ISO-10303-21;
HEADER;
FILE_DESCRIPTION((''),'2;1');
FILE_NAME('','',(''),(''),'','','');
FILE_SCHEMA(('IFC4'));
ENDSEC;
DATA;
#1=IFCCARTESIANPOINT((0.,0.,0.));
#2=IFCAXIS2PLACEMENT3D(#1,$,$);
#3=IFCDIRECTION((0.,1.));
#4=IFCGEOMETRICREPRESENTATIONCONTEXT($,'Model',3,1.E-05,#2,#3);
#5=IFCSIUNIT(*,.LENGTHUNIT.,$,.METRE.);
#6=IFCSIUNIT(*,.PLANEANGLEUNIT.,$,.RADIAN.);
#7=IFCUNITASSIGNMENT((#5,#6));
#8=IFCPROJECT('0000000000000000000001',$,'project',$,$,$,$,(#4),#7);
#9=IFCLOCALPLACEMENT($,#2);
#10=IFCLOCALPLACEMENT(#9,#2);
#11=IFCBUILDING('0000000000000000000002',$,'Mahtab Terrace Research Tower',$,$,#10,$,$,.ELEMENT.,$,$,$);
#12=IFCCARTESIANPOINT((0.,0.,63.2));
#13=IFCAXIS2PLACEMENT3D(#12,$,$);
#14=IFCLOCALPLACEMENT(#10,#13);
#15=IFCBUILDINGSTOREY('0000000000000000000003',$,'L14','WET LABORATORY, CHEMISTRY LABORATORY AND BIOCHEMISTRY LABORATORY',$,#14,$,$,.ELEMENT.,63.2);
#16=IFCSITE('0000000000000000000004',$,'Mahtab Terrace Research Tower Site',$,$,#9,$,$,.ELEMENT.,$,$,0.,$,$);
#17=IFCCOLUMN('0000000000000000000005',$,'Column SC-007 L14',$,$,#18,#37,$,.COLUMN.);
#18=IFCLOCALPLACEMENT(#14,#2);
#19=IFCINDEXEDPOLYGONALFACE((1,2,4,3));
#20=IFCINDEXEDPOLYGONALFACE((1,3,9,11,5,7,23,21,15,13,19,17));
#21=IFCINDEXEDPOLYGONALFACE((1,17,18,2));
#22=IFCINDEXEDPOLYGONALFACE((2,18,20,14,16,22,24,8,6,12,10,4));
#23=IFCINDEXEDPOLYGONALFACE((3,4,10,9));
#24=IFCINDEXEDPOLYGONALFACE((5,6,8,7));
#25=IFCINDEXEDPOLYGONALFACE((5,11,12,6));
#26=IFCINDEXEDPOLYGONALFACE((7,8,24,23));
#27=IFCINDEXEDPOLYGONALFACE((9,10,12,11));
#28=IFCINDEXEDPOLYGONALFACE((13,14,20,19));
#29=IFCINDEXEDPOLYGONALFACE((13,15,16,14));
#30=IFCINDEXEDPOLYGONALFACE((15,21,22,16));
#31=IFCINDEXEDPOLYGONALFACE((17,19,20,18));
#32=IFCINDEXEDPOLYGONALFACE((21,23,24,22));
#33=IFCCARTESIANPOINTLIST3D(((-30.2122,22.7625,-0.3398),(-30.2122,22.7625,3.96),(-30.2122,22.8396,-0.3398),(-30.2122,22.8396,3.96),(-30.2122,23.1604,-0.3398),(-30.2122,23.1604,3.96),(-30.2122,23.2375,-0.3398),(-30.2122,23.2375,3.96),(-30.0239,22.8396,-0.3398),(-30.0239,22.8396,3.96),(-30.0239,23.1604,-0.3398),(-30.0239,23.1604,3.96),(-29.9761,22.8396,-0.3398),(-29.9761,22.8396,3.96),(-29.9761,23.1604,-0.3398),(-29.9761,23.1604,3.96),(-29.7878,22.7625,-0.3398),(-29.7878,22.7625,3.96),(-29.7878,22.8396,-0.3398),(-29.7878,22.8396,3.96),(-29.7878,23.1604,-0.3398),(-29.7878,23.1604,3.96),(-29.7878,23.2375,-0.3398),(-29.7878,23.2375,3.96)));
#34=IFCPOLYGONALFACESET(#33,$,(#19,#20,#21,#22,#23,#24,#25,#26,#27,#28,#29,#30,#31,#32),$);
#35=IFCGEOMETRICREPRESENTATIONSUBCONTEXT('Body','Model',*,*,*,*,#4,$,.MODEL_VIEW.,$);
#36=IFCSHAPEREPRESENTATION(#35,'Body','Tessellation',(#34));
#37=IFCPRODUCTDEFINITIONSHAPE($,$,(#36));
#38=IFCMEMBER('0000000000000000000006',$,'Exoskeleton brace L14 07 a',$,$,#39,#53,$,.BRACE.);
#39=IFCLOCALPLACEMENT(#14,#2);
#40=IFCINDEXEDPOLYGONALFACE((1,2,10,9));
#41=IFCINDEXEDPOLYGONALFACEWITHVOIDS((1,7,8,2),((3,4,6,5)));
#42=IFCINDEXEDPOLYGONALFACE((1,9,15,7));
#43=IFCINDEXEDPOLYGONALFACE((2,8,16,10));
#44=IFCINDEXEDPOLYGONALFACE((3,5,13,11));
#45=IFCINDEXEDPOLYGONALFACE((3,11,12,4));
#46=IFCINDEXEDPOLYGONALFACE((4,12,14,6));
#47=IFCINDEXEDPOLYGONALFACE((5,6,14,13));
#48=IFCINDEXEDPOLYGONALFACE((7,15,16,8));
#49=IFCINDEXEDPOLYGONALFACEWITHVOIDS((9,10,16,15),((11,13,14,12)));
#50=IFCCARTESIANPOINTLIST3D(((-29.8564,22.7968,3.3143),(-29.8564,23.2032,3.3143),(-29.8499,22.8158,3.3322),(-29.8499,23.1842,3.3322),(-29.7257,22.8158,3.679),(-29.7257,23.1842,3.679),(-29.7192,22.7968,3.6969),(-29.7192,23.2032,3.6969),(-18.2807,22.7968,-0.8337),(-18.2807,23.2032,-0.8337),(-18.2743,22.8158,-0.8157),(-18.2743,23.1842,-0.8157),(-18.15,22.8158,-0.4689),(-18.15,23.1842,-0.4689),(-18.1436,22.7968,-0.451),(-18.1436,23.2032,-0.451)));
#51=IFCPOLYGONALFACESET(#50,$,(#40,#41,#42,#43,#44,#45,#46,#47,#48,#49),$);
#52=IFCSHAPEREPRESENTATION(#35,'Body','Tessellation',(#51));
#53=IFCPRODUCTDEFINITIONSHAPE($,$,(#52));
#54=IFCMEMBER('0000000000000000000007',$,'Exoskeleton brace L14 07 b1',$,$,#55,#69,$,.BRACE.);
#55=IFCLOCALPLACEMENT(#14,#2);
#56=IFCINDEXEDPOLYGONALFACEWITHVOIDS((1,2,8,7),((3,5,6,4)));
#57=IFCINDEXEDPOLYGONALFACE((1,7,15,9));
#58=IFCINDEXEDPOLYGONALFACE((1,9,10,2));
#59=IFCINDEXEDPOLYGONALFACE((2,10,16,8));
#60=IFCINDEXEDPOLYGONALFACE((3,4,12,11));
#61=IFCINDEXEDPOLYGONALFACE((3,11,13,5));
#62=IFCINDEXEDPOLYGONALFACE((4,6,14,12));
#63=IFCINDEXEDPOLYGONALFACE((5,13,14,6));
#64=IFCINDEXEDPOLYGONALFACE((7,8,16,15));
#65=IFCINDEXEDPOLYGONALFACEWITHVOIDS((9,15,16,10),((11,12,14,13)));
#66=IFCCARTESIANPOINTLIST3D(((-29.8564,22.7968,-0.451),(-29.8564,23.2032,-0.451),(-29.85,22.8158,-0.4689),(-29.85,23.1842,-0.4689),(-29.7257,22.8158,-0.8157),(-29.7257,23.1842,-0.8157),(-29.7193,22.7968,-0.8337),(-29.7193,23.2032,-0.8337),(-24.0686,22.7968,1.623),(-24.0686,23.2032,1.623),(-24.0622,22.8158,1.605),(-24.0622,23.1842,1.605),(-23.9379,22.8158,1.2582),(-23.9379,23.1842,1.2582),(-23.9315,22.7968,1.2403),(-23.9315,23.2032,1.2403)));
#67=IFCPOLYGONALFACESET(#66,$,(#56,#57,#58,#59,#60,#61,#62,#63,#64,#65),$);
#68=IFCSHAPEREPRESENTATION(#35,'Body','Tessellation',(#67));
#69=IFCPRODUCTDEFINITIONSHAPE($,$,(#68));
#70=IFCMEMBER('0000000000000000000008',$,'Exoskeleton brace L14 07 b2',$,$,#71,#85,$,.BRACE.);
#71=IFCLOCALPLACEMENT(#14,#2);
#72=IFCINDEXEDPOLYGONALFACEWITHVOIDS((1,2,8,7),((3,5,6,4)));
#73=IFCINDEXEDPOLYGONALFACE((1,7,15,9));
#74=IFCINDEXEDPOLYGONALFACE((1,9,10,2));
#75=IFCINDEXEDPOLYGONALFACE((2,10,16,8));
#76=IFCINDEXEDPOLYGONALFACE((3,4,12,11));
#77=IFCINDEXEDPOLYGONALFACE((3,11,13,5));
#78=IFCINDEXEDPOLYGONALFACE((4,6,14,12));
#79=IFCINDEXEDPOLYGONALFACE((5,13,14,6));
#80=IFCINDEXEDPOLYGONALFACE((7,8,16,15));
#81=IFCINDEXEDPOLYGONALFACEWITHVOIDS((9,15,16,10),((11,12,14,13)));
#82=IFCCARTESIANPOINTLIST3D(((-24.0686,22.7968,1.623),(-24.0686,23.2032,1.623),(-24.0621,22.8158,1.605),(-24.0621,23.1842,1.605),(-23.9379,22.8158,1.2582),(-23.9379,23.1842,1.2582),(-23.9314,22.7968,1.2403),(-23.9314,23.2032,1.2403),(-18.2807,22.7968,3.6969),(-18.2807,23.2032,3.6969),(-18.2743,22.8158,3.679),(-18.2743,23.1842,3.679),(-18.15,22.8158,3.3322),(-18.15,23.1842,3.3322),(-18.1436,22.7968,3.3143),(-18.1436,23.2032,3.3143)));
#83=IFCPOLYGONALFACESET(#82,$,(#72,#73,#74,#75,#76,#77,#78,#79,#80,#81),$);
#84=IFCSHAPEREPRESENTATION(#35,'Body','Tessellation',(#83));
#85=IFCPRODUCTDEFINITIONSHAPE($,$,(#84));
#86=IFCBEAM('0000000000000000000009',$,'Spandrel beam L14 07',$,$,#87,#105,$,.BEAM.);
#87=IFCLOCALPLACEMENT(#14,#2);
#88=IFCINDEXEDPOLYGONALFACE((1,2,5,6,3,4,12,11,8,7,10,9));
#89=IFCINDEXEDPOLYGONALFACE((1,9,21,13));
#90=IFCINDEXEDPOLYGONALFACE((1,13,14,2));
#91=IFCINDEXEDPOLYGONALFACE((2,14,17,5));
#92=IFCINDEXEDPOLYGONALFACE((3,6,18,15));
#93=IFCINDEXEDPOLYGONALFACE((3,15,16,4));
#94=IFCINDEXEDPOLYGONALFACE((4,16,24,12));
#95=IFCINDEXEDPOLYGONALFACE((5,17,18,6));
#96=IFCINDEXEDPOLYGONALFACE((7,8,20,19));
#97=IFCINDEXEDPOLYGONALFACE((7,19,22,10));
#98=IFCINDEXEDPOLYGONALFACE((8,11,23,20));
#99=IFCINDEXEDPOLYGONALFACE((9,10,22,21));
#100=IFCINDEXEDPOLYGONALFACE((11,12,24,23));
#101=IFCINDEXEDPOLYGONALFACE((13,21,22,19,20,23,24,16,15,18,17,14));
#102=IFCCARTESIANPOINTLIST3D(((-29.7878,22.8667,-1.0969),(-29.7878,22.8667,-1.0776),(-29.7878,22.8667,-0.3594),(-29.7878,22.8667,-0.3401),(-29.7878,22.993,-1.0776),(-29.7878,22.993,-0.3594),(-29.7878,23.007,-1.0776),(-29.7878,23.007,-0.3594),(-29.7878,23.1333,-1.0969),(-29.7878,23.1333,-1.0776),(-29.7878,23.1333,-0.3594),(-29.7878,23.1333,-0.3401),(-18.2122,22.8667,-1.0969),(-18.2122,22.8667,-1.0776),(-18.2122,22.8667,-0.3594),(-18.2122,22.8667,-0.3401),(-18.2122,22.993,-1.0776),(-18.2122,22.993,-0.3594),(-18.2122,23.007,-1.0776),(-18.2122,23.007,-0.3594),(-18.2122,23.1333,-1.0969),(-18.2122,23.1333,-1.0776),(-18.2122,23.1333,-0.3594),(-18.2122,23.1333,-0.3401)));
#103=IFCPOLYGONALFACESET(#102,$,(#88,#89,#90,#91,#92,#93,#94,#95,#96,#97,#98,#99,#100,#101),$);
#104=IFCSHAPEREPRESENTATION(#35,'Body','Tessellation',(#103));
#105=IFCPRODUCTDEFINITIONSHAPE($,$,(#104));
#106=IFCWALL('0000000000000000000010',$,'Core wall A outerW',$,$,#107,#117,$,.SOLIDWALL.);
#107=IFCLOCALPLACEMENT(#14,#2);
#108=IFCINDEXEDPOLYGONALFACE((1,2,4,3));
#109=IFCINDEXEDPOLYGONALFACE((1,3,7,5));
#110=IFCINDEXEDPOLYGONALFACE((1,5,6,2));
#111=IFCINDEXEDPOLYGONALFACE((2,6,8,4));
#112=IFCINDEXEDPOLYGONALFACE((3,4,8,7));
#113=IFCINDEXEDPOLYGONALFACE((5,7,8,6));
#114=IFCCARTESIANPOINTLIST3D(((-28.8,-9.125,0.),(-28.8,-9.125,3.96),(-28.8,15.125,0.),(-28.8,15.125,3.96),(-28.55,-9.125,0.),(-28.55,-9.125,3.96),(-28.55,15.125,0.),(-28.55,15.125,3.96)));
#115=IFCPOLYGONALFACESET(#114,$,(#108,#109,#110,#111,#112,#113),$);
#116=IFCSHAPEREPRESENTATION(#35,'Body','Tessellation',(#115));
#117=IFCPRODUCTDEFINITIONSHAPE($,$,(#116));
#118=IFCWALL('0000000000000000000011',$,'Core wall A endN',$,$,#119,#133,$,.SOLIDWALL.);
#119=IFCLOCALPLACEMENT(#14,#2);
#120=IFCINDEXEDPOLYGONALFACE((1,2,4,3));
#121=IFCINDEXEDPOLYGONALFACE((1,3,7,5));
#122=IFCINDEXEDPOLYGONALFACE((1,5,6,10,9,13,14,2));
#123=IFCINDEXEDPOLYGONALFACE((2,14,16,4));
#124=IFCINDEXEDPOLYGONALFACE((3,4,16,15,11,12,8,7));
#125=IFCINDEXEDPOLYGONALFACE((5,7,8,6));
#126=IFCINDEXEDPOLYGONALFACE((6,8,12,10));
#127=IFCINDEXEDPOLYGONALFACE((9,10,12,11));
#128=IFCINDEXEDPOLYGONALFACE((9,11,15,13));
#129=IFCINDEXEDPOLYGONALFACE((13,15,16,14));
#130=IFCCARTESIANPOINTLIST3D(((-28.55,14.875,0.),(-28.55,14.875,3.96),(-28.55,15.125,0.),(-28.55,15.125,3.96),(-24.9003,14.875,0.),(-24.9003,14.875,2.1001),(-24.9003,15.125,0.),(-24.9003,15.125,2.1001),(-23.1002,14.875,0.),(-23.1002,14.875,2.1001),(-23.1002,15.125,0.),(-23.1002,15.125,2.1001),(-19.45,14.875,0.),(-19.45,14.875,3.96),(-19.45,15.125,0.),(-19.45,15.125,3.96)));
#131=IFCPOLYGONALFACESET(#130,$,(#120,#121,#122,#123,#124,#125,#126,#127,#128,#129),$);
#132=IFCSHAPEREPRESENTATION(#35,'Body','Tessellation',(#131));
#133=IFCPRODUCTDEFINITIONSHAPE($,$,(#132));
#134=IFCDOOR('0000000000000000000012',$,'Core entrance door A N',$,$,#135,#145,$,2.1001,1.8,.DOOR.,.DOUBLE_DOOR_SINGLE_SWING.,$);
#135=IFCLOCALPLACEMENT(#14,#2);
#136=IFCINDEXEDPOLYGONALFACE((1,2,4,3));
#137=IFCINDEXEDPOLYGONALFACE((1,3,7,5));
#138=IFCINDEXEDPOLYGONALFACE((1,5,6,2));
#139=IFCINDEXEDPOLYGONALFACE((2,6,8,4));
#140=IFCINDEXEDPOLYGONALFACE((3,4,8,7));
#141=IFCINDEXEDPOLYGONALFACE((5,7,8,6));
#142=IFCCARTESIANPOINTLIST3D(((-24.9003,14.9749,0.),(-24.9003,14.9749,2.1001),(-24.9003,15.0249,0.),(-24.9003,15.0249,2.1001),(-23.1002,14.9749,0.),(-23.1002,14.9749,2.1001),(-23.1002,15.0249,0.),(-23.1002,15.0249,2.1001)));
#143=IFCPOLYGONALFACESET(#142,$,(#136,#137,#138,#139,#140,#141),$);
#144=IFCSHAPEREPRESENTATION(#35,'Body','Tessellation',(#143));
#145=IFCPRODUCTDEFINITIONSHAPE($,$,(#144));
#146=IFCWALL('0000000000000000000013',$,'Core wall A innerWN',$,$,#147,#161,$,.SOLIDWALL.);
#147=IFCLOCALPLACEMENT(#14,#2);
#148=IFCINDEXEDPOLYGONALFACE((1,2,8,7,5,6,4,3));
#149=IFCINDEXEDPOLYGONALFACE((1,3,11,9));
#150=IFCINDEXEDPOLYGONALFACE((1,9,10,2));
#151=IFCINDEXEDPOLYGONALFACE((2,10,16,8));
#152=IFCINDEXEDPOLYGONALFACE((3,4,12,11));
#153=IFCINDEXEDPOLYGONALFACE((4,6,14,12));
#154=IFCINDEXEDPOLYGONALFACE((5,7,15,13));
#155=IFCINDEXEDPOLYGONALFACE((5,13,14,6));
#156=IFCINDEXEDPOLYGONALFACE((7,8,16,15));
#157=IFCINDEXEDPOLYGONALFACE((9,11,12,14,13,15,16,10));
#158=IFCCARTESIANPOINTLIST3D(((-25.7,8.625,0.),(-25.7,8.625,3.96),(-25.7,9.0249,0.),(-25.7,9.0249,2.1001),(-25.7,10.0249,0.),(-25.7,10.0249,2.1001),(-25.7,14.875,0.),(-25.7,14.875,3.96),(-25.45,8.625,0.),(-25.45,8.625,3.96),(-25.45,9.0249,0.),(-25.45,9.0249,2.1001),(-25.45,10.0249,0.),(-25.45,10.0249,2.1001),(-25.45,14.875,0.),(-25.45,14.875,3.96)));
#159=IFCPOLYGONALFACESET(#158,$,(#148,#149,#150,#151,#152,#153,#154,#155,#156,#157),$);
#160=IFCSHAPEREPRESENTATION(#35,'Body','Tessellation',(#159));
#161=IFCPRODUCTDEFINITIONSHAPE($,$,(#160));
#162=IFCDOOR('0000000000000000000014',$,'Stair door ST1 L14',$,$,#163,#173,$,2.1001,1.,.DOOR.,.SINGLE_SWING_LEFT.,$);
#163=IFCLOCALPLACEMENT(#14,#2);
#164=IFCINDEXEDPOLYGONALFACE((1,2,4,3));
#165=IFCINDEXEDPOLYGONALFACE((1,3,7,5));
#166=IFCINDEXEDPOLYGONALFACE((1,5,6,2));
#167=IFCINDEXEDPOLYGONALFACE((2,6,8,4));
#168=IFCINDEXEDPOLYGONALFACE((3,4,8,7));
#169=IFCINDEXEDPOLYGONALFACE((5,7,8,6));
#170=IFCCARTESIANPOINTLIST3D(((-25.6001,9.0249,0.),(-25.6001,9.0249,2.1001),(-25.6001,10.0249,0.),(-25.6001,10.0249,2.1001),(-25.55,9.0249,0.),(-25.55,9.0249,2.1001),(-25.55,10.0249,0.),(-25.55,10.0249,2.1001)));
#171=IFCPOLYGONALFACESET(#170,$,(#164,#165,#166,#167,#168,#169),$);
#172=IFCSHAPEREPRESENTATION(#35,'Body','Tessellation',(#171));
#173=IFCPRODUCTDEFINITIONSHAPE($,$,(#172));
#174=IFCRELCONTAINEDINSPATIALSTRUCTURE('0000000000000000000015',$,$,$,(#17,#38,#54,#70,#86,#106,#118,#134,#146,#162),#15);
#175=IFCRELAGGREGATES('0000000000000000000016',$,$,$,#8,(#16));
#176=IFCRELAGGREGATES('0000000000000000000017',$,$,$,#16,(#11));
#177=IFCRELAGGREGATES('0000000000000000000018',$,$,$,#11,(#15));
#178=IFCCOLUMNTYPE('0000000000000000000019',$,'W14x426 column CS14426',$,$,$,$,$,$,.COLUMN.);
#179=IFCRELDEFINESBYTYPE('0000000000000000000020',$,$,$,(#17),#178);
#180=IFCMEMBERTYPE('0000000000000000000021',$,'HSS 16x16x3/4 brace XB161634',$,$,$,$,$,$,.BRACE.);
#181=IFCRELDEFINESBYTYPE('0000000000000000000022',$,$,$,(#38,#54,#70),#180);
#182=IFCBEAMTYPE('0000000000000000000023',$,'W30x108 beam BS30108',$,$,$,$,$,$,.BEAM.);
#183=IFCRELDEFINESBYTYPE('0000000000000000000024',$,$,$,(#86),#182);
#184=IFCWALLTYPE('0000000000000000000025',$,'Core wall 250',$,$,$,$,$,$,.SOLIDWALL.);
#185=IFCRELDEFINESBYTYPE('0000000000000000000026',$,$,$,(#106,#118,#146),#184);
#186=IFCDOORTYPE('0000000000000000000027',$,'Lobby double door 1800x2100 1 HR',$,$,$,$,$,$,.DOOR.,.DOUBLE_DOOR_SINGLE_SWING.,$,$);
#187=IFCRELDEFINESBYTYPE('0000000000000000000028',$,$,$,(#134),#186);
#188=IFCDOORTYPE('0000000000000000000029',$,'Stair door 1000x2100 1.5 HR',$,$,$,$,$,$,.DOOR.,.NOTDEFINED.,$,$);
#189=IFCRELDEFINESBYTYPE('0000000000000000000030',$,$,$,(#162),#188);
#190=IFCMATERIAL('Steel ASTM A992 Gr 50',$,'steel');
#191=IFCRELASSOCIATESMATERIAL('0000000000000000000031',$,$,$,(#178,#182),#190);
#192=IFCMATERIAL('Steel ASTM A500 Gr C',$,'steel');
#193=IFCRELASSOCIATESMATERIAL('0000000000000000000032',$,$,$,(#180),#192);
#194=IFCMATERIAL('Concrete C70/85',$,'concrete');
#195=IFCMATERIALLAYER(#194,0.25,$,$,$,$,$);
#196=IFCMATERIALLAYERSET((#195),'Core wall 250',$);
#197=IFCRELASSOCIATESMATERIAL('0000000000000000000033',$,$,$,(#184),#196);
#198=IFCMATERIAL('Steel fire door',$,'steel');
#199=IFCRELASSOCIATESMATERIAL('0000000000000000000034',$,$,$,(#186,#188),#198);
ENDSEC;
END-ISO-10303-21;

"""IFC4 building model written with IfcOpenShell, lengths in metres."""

from ifc_helpers import new_model, si_unit, direction, frame, frame_2d, origin, origin_2d, place, context, subcontext, project, spatial, rectangle, hollow_rectangle, i_section, extrude, material, layer, layer_set, material_profile, profile_set, type_object, element, fill, save


model = new_model("IFC4")

# Units and contexts
model_context = context("Model", 3, precision=1e-05, world=origin(), true_north=direction((0.0, 1.0)))
body_context = subcontext(model_context, "Body", "Model", "MODEL_VIEW")
ifc_project = project(units=[si_unit("LENGTHUNIT", "METRE"), si_unit("PLANEANGLEUNIT", "RADIAN")], contexts=[model_context])

# Site, building, storey
site_placement = place(None, origin())
site = spatial("IfcSite", under=ifc_project, at=site_placement, Name="Mahtab Terrace Research Tower Site", CompositionType="ELEMENT", RefElevation=0.0)
building_placement = place(site_placement, origin())
building = spatial("IfcBuilding", under=site, at=building_placement, Name="Mahtab Terrace Research Tower", CompositionType="ELEMENT")
storey_placement = place(building_placement, frame((0.0, 0.0, 63.2)))
storey = spatial("IfcBuildingStorey", under=building, at=storey_placement, Name="L14", Description="WET LABORATORY, CHEMISTRY LABORATORY AND BIOCHEMISTRY LABORATORY", CompositionType="ELEMENT", Elevation=63.2)

# Column
ifc_material_1 = material(Name="Steel ASTM A992 Gr 50", Category="steel")
ifc_material_profile_1 = material_profile(ifc_material_1, i_section(OverallWidth=0.4243, OverallDepth=0.4751, WebThickness=0.0479, FlangeThickness=0.0771, at=origin_2d()), Name="W14X426")
ifc_profile_set_1 = profile_set([ifc_material_profile_1], Name="Steel ASTM A992 Gr 50")
column_type = type_object("IfcColumnType", Name="W14x426 column CS14426", PredefinedType="COLUMN", material=ifc_profile_set_1)
column_placement = place(storey_placement, frame((-30.0, 23.0, -0.3398), z_axis=(0.0, 0.0, 1.0), x_axis=(1.0, 0.0, 0.0)))
element("IfcColumn", 1, at=column_placement, inside=storey, type_object=column_type, Name="Column SC-007 L14", PredefinedType="COLUMN", context=body_context, shape_type="SweptSolid", body=[
    extrude(i_section(OverallWidth=0.4243, OverallDepth=0.4751, WebThickness=0.0479, FlangeThickness=0.0771, at=origin_2d()), origin(), (0.0, 0.0, 1.0), 4.2998),
])

# Members
ifc_material_2 = material(Name="Steel ASTM A500 Gr C", Category="steel")
ifc_material_profile_2 = material_profile(ifc_material_2, hollow_rectangle(XDim=0.4065, YDim=0.4065, WallThickness=0.019, at=origin_2d()), Name="HSS16X16X3/4")
ifc_profile_set_2 = profile_set([ifc_material_profile_2], Name="Steel ASTM A500 Gr C")
member_type = type_object("IfcMemberType", Name="HSS 16x16x3/4 brace XB161634", PredefinedType="BRACE", material=ifc_profile_set_2)
member_placement = place(storey_placement, frame((-18.2122, 23.0, -0.6423), z_axis=(-0.941387, 0.0, 0.33733), x_axis=(0.0, -1.0, 0.0)))
element("IfcMember", 2, at=member_placement, inside=storey, type_object=member_type, Name="Exoskeleton brace L14 07 a", PredefinedType="BRACE", context=body_context, shape_type="SweptSolid", body=[
    extrude(hollow_rectangle(XDim=0.4065, YDim=0.4065, WallThickness=0.019, at=origin_2d()), origin(), (0.0, 0.0, 1.0), 12.2964),
])
for number, where, z_axis, x_axis, name in (
    (3, (-29.7878, 23.0, -0.6423), (0.941387, 0.0, 0.33733), (0.0, 1.0, 0.0), "Exoskeleton brace L14 07 b1"),
    (4, (-24.0, 23.0, 1.4316), (0.941387, 0.0, 0.33733), (0.0, 1.0, 0.0), "Exoskeleton brace L14 07 b2"),
):
    element("IfcMember", number, at=place(storey_placement, frame(where, z_axis=z_axis, x_axis=x_axis)), inside=storey, type_object=member_type, Name=name, PredefinedType="BRACE", context=body_context, shape_type="SweptSolid", body=[
        extrude(hollow_rectangle(XDim=0.4065, YDim=0.4065, WallThickness=0.019, at=origin_2d()), origin(), (0.0, 0.0, 1.0), 6.1482),
    ])

# Beam
ifc_material_profile_3 = material_profile(ifc_material_1, i_section(OverallWidth=0.2666, OverallDepth=0.7568, WebThickness=0.0139, FlangeThickness=0.0193, at=origin_2d()), Name="W30X108")
ifc_profile_set_3 = profile_set([ifc_material_profile_3], Name="Steel ASTM A992 Gr 50")
beam_type = type_object("IfcBeamType", Name="W30x108 beam BS30108", PredefinedType="BEAM", material=ifc_profile_set_3)
beam_placement = place(storey_placement, frame((-18.2122, 23.0, -0.7185), z_axis=(-1.0, 0.0, 0.0), x_axis=(0.0, -1.0, 0.0)))
element("IfcBeam", 5, at=beam_placement, inside=storey, type_object=beam_type, Name="Spandrel beam L14 07", PredefinedType="BEAM", context=body_context, shape_type="SweptSolid", body=[
    extrude(i_section(OverallWidth=0.2666, OverallDepth=0.7568, WebThickness=0.0139, FlangeThickness=0.0193, at=origin_2d()), origin(), (0.0, 0.0, 1.0), 11.5757),
])

# Wall
ifc_material_3 = material(Name="Concrete C70/85", Category="concrete")
ifc_layer_1 = layer(ifc_material_3, 0.25)
ifc_layer_set_1 = layer_set([ifc_layer_1], Name="Core wall 250")
wall_type_1 = type_object("IfcWallType", Name="Core wall 250", PredefinedType="SOLIDWALL", material=ifc_layer_set_1)
wall_1_placement = place(storey_placement, frame((-28.675, 15.125, 0.0), z_axis=(0.0, 0.0, 1.0), x_axis=(0.0, -1.0, 0.0)))
element("IfcWall", 6, at=wall_1_placement, inside=storey, type_object=wall_type_1, Name="Core wall A outerW", PredefinedType="SOLIDWALL", context=body_context, shape_type="SweptSolid", body=[
    extrude(rectangle(XDim=24.25, YDim=0.25, at=frame_2d((12.125, 0.0))), origin(), (0.0, 0.0, 1.0), 3.96),
])

# Walls, openings, doors
wall_2_placement = place(storey_placement, frame((-28.55, 15.0, 0.0), z_axis=(0.0, 0.0, 1.0), x_axis=(1.0, 0.0, 0.0)))
wall_2 = element("IfcWall", 7, at=wall_2_placement, inside=storey, type_object=wall_type_1, Name="Core wall A endN", PredefinedType="SOLIDWALL", context=body_context, shape_type="SweptSolid", body=[
    extrude(rectangle(XDim=9.1001, YDim=0.25, at=frame_2d((4.55, 0.0))), origin(), (0.0, 0.0, 1.0), 3.96),
])
opening_1_placement = place(wall_2_placement, frame((3.6499, 0.0, 0.0)))
opening_1 = element("IfcOpeningElement", 8, at=opening_1_placement, cuts=wall_2, PredefinedType="OPENING", context=body_context, shape_type="SweptSolid", body=[
    extrude(rectangle(XDim=1.8, YDim=2.1001, at=frame_2d((0.8999, 1.05))), frame((0.0, 0.135, 0.0), z_axis=(0.0, -1.0, 0.0), x_axis=(1.0, 0.0, 0.0)), (0.0, 0.0, 1.0), 0.27),
])
ifc_material_4 = material(Name="Steel fire door", Category="steel")
door_type_1 = type_object("IfcDoorType", Name="Lobby double door 1800x2100 1 HR", OperationType="DOUBLE_DOOR_SINGLE_SWING", PredefinedType="DOOR", material=ifc_material_4)
door_1_placement = place(opening_1_placement, origin())
door_1 = element("IfcDoor", 9, at=door_1_placement, inside=storey, type_object=door_type_1, Name="Core entrance door A N", OperationType="DOUBLE_DOOR_SINGLE_SWING", OverallHeight=2.1001, OverallWidth=1.8, PredefinedType="DOOR", context=body_context, shape_type="SweptSolid", body=[
    extrude(rectangle(XDim=1.8, YDim=2.1001, at=frame_2d((0.8999, 1.05))), frame((0.0, 0.0249, 0.0), z_axis=(0.0, -1.0, 0.0), x_axis=(1.0, 0.0, 0.0)), (0.0, 0.0, 1.0), 0.05),
])
fill(opening_1, door_1)
wall_3_placement = place(storey_placement, frame((-25.575, 14.875, 0.0), z_axis=(0.0, 0.0, 1.0), x_axis=(0.0, -1.0, 0.0)))
wall_3 = element("IfcWall", 10, at=wall_3_placement, inside=storey, type_object=wall_type_1, Name="Core wall A innerWN", PredefinedType="SOLIDWALL", context=body_context, shape_type="SweptSolid", body=[
    extrude(rectangle(XDim=6.25, YDim=0.25, at=frame_2d((3.125, 0.0))), origin(), (0.0, 0.0, 1.0), 3.96),
])
opening_2_placement = place(wall_3_placement, frame((4.8501, 0.0, 0.0)))
opening_2 = element("IfcOpeningElement", 11, at=opening_2_placement, cuts=wall_3, PredefinedType="OPENING", context=body_context, shape_type="SweptSolid", body=[
    extrude(rectangle(XDim=1.0, YDim=2.1001, at=frame_2d((0.5, 1.05))), frame((0.0, 0.135, 0.0), z_axis=(0.0, -1.0, 0.0), x_axis=(1.0, 0.0, 0.0)), (0.0, 0.0, 1.0), 0.27),
])
door_type_2 = type_object("IfcDoorType", Name="Stair door 1000x2100 1.5 HR", OperationType="NOTDEFINED", PredefinedType="DOOR", material=ifc_material_4)
door_2_placement = place(opening_2_placement, origin())
door_2 = element("IfcDoor", 12, at=door_2_placement, inside=storey, type_object=door_type_2, Name="Stair door ST1 L14", OperationType="SINGLE_SWING_LEFT", OverallHeight=2.1001, OverallWidth=1.0, PredefinedType="DOOR", context=body_context, shape_type="SweptSolid", body=[
    extrude(rectangle(XDim=1.0, YDim=2.1001, at=frame_2d((0.5, 1.05))), frame((0.0, 0.0249, 0.0), z_axis=(0.0, -1.0, 0.0), x_axis=(1.0, 0.0, 0.0)), (0.0, 0.0, 1.0), 0.05),
])
fill(opening_2, door_2)

save(model, "model.ifc")
